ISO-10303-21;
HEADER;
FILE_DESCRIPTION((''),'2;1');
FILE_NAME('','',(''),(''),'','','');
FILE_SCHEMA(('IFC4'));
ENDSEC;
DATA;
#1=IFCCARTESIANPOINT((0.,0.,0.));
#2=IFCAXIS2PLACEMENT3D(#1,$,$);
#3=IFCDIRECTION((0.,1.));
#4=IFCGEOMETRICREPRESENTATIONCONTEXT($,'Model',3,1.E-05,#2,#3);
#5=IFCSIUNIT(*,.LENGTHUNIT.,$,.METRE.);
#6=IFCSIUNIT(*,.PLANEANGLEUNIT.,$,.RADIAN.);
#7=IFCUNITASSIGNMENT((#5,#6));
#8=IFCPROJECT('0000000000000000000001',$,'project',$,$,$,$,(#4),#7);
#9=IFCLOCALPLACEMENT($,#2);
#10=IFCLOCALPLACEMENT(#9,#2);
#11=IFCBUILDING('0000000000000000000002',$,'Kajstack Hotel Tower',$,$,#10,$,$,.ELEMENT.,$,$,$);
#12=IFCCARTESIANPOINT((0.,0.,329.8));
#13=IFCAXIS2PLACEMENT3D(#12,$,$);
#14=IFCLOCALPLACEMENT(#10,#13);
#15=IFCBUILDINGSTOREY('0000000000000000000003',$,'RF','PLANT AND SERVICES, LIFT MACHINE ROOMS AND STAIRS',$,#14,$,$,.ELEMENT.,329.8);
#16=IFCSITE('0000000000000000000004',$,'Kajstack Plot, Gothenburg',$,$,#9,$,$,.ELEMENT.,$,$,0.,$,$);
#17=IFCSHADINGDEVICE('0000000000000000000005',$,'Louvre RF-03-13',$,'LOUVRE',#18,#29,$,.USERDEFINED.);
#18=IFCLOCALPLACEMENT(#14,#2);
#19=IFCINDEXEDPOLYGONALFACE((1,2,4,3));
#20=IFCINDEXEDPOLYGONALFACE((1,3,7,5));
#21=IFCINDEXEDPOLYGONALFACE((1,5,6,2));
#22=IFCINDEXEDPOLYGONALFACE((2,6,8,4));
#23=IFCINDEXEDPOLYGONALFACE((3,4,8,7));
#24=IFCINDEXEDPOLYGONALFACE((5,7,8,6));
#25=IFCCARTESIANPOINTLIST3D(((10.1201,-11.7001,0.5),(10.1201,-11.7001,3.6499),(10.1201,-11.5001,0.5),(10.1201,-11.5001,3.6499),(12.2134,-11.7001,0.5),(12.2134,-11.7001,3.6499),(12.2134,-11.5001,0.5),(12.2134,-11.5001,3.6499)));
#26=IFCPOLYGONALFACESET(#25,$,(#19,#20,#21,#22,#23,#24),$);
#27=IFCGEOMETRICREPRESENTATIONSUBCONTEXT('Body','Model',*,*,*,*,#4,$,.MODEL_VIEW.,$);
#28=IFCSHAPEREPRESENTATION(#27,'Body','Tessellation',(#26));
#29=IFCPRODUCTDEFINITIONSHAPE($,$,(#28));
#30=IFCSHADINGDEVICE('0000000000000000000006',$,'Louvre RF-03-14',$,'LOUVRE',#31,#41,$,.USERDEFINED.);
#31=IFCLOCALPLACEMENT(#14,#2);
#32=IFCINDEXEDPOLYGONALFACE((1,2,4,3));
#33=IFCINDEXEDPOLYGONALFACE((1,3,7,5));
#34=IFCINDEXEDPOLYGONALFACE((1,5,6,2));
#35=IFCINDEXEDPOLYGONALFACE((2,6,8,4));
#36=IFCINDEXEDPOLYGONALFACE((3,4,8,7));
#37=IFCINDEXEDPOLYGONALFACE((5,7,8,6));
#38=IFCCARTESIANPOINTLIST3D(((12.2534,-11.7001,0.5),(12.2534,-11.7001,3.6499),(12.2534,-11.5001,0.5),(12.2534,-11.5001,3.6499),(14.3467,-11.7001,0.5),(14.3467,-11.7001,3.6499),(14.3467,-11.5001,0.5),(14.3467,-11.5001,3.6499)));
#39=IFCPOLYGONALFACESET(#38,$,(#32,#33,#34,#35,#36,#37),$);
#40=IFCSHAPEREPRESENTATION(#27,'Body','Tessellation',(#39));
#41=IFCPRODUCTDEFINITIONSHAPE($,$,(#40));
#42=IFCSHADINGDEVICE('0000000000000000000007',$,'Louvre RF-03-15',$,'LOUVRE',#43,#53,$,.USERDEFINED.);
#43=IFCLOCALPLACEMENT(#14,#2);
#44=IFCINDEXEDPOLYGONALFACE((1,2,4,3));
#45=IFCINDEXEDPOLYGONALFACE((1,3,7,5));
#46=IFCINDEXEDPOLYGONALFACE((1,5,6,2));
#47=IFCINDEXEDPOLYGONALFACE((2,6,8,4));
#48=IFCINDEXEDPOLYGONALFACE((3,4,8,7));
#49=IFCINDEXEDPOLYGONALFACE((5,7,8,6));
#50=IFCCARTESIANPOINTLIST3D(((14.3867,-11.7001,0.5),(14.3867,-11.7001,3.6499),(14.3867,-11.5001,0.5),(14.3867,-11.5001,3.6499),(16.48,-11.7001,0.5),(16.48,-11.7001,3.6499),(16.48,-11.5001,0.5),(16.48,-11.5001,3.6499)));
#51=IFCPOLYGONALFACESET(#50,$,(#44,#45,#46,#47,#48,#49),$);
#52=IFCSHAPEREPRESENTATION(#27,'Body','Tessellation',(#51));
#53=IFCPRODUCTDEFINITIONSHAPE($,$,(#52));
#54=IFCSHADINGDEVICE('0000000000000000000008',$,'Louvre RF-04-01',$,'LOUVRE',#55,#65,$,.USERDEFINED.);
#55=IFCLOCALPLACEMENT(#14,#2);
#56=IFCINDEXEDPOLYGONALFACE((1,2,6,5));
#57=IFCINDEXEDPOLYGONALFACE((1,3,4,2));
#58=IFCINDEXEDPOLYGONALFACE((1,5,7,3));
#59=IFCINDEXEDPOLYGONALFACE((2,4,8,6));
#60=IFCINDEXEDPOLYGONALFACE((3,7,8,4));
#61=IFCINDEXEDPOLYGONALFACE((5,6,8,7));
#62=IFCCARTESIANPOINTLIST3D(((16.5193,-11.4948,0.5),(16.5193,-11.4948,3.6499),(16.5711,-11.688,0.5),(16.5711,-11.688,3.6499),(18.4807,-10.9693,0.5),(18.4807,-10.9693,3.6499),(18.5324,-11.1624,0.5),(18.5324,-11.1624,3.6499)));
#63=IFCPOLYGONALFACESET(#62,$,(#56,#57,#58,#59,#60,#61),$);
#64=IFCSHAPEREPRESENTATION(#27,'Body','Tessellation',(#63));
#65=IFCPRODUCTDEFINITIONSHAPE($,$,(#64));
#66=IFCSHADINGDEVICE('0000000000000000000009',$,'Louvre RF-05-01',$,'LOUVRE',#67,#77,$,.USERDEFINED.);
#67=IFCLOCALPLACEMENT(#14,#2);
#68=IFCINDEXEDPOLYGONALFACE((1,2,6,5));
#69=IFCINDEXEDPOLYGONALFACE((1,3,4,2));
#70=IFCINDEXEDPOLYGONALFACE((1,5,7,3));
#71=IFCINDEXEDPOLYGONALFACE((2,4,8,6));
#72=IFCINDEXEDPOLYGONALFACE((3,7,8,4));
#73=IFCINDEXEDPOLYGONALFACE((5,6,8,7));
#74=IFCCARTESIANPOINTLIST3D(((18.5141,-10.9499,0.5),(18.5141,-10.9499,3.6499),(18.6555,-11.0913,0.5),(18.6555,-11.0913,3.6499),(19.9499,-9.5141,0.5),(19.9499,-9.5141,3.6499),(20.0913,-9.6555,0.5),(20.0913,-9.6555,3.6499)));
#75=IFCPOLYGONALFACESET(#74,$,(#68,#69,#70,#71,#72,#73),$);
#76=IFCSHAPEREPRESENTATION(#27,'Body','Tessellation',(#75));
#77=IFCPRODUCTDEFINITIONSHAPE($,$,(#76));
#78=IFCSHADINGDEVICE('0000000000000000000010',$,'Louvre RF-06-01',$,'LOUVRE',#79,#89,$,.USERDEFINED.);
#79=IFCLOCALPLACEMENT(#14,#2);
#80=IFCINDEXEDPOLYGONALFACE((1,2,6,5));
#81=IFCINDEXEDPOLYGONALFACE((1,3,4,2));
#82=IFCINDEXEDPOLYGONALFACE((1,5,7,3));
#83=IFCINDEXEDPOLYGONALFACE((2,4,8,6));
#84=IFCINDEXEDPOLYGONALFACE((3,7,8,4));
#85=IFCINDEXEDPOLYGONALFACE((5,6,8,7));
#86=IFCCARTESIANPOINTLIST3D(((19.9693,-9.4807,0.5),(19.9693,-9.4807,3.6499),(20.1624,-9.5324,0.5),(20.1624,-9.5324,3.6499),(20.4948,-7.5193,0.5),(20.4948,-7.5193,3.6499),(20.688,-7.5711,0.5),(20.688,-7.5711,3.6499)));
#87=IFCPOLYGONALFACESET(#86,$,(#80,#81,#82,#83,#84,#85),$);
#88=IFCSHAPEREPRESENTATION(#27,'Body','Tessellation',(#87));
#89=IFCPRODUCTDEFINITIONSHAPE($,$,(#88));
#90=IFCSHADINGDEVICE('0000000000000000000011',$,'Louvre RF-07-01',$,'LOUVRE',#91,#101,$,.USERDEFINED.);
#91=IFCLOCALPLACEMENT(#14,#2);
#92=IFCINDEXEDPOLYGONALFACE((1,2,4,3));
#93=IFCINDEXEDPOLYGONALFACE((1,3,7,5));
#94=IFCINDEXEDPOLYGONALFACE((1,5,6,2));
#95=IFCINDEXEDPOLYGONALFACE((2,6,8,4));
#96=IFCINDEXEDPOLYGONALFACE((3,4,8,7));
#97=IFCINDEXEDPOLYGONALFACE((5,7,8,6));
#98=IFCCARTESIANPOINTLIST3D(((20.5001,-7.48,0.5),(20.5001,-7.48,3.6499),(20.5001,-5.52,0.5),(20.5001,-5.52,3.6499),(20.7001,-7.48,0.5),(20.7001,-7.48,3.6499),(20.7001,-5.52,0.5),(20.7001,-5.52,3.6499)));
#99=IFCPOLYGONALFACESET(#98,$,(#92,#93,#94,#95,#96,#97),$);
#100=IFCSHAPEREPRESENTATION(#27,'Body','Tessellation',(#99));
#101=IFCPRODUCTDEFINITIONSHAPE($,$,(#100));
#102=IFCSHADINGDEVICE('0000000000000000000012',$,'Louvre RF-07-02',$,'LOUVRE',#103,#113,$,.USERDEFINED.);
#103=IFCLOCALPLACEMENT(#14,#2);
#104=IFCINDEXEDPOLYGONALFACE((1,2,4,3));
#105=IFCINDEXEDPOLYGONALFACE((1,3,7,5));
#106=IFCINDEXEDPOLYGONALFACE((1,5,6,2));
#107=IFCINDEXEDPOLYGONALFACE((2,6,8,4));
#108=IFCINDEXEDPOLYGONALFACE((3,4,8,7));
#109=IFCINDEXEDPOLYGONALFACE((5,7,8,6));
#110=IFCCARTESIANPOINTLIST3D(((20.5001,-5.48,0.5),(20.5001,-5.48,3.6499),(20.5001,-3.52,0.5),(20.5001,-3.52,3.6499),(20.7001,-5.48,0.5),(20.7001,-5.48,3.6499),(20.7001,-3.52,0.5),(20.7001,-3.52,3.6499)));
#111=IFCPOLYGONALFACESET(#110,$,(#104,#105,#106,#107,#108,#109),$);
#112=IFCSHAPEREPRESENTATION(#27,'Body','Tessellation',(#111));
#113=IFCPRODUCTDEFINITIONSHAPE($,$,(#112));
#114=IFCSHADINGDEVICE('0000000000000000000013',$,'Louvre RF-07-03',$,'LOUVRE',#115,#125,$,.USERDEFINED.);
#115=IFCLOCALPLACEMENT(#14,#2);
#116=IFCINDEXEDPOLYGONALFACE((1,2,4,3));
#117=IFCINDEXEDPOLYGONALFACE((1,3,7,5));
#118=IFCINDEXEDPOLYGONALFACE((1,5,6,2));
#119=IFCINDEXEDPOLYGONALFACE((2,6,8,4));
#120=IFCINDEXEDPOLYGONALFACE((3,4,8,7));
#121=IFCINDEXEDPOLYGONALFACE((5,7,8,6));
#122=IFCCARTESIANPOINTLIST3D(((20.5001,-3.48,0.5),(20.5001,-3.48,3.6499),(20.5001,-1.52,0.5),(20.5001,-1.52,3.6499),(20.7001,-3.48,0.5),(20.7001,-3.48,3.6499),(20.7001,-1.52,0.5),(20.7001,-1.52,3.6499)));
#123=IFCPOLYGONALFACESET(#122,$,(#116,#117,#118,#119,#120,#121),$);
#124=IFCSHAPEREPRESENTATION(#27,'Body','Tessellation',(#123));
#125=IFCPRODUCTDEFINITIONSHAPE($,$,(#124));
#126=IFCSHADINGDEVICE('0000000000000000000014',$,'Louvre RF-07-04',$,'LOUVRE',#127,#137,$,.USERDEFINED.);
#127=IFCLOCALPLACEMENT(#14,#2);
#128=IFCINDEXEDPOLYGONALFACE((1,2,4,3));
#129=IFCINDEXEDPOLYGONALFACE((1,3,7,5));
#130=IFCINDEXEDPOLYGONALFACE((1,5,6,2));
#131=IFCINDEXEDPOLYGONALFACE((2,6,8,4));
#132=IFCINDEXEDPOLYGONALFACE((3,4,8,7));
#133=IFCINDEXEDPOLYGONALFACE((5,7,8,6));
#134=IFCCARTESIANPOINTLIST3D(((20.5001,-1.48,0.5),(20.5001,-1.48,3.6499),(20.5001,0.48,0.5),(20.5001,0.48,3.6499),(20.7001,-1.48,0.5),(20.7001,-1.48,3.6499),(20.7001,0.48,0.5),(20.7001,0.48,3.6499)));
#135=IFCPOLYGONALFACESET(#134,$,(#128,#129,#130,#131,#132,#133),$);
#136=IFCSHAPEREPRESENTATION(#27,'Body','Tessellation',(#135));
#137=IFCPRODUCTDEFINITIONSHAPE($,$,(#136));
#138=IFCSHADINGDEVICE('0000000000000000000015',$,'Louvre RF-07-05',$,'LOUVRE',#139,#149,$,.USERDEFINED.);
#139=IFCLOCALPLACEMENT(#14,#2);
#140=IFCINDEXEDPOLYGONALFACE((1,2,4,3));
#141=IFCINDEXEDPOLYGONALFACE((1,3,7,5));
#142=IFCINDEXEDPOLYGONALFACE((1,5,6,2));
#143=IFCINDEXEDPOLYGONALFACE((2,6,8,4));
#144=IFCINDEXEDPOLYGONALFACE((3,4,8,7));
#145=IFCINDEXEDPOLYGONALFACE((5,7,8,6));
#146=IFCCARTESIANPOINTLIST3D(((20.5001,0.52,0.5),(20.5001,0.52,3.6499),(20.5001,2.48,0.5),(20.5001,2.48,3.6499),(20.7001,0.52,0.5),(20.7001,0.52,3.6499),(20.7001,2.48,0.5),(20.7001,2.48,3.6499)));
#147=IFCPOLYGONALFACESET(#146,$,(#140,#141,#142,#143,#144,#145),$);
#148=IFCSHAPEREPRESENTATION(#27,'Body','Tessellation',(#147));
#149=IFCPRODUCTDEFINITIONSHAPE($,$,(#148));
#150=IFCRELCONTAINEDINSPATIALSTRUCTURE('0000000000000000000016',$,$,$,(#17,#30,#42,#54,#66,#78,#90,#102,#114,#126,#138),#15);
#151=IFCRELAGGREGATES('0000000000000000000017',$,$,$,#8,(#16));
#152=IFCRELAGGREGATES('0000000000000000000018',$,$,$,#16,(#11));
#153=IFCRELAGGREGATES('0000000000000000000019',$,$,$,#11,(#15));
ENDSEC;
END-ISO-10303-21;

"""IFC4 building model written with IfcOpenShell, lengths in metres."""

from ifc_helpers import new_model, si_unit, direction, frame, origin, origin_2d, place, context, subcontext, project, spatial, rectangle, extrude, element, save


model = new_model("IFC4")

# Units and contexts
model_context = context("Model", 3, precision=1e-05, world=origin(), true_north=direction((0.0, 1.0)))
body_context = subcontext(model_context, "Body", "Model", "MODEL_VIEW")
ifc_project = project(units=[si_unit("LENGTHUNIT", "METRE"), si_unit("PLANEANGLEUNIT", "RADIAN")], contexts=[model_context])

# Site, building, storey
site_placement = place(None, origin())
site = spatial("IfcSite", under=ifc_project, at=site_placement, Name="Kajstack Plot, Gothenburg", CompositionType="ELEMENT", RefElevation=0.0)
building_placement = place(site_placement, origin())
building = spatial("IfcBuilding", under=site, at=building_placement, Name="Kajstack Hotel Tower", CompositionType="ELEMENT")
storey_placement = place(building_placement, frame((0.0, 0.0, 329.8)))
storey = spatial("IfcBuildingStorey", under=building, at=storey_placement, Name="RF", Description="PLANT AND SERVICES, LIFT MACHINE ROOMS AND STAIRS", CompositionType="ELEMENT", Elevation=329.8)

# Shading devices
for number, where, z_axis, x_axis, name in (
    (1, (11.1667, -11.6001, 0.5), (0.0, 0.0, 1.0), (1.0, 0.0, 0.0), "Louvre RF-03-13"),
    (2, (13.3, -11.6001, 0.5), (0.0, 0.0, 1.0), (1.0, 0.0, 0.0), "Louvre RF-03-14"),
    (3, (15.4333, -11.6001, 0.5), (0.0, 0.0, 1.0), (1.0, 0.0, 0.0), "Louvre RF-03-15"),
):
    element("IfcShadingDevice", number, at=place(storey_placement, frame(where, z_axis=z_axis, x_axis=x_axis)), inside=storey, Name=name, ObjectType="LOUVRE", PredefinedType="USERDEFINED", context=body_context, shape_type="SweptSolid", body=[
        extrude(rectangle(XDim=2.0933, YDim=0.2, at=origin_2d()), origin(), (0.0, 0.0, 1.0), 3.1499),
    ])
for number, where, z_axis, x_axis, name in (
    (4, (17.5259, -11.3286, 0.5), (0.0, 0.0, 1.0), (0.965926, 0.25882, 0.0), "Louvre RF-04-01"),
    (5, (19.3027, -10.3027, 0.5), (0.0, 0.0, 1.0), (0.707107, 0.707107, 0.0), "Louvre RF-05-01"),
    (6, (20.3286, -8.5259, 0.5), (0.0, 0.0, 1.0), (0.25882, 0.965926, 0.0), "Louvre RF-06-01"),
):
    element("IfcShadingDevice", number, at=place(storey_placement, frame(where, z_axis=z_axis, x_axis=x_axis)), inside=storey, Name=name, ObjectType="LOUVRE", PredefinedType="USERDEFINED", context=body_context, shape_type="SweptSolid", body=[
        extrude(rectangle(XDim=2.0305, YDim=0.2, at=origin_2d()), origin(), (0.0, 0.0, 1.0), 3.1499),
    ])
for number, where, z_axis, x_axis, name in (
    (7, (20.6001, -6.5, 0.5), (0.0, 0.0, 1.0), (0.0, 1.0, 0.0), "Louvre RF-07-01"),
    (8, (20.6001, -4.5, 0.5), (0.0, 0.0, 1.0), (0.0, 1.0, 0.0), "Louvre RF-07-02"),
    (9, (20.6001, -2.5, 0.5), (0.0, 0.0, 1.0), (0.0, 1.0, 0.0), "Louvre RF-07-03"),
    (10, (20.6001, -0.5, 0.5), (0.0, 0.0, 1.0), (0.0, 1.0, 0.0), "Louvre RF-07-04"),
    (11, (20.6001, 1.5, 0.5), (0.0, 0.0, 1.0), (0.0, 1.0, 0.0), "Louvre RF-07-05"),
):
    element("IfcShadingDevice", number, at=place(storey_placement, frame(where, z_axis=z_axis, x_axis=x_axis)), inside=storey, Name=name, ObjectType="LOUVRE", PredefinedType="USERDEFINED", context=body_context, shape_type="SweptSolid", body=[
        extrude(rectangle(XDim=1.96, YDim=0.2, at=origin_2d()), origin(), (0.0, 0.0, 1.0), 3.1499),
    ])

save(model, "model.ifc")
